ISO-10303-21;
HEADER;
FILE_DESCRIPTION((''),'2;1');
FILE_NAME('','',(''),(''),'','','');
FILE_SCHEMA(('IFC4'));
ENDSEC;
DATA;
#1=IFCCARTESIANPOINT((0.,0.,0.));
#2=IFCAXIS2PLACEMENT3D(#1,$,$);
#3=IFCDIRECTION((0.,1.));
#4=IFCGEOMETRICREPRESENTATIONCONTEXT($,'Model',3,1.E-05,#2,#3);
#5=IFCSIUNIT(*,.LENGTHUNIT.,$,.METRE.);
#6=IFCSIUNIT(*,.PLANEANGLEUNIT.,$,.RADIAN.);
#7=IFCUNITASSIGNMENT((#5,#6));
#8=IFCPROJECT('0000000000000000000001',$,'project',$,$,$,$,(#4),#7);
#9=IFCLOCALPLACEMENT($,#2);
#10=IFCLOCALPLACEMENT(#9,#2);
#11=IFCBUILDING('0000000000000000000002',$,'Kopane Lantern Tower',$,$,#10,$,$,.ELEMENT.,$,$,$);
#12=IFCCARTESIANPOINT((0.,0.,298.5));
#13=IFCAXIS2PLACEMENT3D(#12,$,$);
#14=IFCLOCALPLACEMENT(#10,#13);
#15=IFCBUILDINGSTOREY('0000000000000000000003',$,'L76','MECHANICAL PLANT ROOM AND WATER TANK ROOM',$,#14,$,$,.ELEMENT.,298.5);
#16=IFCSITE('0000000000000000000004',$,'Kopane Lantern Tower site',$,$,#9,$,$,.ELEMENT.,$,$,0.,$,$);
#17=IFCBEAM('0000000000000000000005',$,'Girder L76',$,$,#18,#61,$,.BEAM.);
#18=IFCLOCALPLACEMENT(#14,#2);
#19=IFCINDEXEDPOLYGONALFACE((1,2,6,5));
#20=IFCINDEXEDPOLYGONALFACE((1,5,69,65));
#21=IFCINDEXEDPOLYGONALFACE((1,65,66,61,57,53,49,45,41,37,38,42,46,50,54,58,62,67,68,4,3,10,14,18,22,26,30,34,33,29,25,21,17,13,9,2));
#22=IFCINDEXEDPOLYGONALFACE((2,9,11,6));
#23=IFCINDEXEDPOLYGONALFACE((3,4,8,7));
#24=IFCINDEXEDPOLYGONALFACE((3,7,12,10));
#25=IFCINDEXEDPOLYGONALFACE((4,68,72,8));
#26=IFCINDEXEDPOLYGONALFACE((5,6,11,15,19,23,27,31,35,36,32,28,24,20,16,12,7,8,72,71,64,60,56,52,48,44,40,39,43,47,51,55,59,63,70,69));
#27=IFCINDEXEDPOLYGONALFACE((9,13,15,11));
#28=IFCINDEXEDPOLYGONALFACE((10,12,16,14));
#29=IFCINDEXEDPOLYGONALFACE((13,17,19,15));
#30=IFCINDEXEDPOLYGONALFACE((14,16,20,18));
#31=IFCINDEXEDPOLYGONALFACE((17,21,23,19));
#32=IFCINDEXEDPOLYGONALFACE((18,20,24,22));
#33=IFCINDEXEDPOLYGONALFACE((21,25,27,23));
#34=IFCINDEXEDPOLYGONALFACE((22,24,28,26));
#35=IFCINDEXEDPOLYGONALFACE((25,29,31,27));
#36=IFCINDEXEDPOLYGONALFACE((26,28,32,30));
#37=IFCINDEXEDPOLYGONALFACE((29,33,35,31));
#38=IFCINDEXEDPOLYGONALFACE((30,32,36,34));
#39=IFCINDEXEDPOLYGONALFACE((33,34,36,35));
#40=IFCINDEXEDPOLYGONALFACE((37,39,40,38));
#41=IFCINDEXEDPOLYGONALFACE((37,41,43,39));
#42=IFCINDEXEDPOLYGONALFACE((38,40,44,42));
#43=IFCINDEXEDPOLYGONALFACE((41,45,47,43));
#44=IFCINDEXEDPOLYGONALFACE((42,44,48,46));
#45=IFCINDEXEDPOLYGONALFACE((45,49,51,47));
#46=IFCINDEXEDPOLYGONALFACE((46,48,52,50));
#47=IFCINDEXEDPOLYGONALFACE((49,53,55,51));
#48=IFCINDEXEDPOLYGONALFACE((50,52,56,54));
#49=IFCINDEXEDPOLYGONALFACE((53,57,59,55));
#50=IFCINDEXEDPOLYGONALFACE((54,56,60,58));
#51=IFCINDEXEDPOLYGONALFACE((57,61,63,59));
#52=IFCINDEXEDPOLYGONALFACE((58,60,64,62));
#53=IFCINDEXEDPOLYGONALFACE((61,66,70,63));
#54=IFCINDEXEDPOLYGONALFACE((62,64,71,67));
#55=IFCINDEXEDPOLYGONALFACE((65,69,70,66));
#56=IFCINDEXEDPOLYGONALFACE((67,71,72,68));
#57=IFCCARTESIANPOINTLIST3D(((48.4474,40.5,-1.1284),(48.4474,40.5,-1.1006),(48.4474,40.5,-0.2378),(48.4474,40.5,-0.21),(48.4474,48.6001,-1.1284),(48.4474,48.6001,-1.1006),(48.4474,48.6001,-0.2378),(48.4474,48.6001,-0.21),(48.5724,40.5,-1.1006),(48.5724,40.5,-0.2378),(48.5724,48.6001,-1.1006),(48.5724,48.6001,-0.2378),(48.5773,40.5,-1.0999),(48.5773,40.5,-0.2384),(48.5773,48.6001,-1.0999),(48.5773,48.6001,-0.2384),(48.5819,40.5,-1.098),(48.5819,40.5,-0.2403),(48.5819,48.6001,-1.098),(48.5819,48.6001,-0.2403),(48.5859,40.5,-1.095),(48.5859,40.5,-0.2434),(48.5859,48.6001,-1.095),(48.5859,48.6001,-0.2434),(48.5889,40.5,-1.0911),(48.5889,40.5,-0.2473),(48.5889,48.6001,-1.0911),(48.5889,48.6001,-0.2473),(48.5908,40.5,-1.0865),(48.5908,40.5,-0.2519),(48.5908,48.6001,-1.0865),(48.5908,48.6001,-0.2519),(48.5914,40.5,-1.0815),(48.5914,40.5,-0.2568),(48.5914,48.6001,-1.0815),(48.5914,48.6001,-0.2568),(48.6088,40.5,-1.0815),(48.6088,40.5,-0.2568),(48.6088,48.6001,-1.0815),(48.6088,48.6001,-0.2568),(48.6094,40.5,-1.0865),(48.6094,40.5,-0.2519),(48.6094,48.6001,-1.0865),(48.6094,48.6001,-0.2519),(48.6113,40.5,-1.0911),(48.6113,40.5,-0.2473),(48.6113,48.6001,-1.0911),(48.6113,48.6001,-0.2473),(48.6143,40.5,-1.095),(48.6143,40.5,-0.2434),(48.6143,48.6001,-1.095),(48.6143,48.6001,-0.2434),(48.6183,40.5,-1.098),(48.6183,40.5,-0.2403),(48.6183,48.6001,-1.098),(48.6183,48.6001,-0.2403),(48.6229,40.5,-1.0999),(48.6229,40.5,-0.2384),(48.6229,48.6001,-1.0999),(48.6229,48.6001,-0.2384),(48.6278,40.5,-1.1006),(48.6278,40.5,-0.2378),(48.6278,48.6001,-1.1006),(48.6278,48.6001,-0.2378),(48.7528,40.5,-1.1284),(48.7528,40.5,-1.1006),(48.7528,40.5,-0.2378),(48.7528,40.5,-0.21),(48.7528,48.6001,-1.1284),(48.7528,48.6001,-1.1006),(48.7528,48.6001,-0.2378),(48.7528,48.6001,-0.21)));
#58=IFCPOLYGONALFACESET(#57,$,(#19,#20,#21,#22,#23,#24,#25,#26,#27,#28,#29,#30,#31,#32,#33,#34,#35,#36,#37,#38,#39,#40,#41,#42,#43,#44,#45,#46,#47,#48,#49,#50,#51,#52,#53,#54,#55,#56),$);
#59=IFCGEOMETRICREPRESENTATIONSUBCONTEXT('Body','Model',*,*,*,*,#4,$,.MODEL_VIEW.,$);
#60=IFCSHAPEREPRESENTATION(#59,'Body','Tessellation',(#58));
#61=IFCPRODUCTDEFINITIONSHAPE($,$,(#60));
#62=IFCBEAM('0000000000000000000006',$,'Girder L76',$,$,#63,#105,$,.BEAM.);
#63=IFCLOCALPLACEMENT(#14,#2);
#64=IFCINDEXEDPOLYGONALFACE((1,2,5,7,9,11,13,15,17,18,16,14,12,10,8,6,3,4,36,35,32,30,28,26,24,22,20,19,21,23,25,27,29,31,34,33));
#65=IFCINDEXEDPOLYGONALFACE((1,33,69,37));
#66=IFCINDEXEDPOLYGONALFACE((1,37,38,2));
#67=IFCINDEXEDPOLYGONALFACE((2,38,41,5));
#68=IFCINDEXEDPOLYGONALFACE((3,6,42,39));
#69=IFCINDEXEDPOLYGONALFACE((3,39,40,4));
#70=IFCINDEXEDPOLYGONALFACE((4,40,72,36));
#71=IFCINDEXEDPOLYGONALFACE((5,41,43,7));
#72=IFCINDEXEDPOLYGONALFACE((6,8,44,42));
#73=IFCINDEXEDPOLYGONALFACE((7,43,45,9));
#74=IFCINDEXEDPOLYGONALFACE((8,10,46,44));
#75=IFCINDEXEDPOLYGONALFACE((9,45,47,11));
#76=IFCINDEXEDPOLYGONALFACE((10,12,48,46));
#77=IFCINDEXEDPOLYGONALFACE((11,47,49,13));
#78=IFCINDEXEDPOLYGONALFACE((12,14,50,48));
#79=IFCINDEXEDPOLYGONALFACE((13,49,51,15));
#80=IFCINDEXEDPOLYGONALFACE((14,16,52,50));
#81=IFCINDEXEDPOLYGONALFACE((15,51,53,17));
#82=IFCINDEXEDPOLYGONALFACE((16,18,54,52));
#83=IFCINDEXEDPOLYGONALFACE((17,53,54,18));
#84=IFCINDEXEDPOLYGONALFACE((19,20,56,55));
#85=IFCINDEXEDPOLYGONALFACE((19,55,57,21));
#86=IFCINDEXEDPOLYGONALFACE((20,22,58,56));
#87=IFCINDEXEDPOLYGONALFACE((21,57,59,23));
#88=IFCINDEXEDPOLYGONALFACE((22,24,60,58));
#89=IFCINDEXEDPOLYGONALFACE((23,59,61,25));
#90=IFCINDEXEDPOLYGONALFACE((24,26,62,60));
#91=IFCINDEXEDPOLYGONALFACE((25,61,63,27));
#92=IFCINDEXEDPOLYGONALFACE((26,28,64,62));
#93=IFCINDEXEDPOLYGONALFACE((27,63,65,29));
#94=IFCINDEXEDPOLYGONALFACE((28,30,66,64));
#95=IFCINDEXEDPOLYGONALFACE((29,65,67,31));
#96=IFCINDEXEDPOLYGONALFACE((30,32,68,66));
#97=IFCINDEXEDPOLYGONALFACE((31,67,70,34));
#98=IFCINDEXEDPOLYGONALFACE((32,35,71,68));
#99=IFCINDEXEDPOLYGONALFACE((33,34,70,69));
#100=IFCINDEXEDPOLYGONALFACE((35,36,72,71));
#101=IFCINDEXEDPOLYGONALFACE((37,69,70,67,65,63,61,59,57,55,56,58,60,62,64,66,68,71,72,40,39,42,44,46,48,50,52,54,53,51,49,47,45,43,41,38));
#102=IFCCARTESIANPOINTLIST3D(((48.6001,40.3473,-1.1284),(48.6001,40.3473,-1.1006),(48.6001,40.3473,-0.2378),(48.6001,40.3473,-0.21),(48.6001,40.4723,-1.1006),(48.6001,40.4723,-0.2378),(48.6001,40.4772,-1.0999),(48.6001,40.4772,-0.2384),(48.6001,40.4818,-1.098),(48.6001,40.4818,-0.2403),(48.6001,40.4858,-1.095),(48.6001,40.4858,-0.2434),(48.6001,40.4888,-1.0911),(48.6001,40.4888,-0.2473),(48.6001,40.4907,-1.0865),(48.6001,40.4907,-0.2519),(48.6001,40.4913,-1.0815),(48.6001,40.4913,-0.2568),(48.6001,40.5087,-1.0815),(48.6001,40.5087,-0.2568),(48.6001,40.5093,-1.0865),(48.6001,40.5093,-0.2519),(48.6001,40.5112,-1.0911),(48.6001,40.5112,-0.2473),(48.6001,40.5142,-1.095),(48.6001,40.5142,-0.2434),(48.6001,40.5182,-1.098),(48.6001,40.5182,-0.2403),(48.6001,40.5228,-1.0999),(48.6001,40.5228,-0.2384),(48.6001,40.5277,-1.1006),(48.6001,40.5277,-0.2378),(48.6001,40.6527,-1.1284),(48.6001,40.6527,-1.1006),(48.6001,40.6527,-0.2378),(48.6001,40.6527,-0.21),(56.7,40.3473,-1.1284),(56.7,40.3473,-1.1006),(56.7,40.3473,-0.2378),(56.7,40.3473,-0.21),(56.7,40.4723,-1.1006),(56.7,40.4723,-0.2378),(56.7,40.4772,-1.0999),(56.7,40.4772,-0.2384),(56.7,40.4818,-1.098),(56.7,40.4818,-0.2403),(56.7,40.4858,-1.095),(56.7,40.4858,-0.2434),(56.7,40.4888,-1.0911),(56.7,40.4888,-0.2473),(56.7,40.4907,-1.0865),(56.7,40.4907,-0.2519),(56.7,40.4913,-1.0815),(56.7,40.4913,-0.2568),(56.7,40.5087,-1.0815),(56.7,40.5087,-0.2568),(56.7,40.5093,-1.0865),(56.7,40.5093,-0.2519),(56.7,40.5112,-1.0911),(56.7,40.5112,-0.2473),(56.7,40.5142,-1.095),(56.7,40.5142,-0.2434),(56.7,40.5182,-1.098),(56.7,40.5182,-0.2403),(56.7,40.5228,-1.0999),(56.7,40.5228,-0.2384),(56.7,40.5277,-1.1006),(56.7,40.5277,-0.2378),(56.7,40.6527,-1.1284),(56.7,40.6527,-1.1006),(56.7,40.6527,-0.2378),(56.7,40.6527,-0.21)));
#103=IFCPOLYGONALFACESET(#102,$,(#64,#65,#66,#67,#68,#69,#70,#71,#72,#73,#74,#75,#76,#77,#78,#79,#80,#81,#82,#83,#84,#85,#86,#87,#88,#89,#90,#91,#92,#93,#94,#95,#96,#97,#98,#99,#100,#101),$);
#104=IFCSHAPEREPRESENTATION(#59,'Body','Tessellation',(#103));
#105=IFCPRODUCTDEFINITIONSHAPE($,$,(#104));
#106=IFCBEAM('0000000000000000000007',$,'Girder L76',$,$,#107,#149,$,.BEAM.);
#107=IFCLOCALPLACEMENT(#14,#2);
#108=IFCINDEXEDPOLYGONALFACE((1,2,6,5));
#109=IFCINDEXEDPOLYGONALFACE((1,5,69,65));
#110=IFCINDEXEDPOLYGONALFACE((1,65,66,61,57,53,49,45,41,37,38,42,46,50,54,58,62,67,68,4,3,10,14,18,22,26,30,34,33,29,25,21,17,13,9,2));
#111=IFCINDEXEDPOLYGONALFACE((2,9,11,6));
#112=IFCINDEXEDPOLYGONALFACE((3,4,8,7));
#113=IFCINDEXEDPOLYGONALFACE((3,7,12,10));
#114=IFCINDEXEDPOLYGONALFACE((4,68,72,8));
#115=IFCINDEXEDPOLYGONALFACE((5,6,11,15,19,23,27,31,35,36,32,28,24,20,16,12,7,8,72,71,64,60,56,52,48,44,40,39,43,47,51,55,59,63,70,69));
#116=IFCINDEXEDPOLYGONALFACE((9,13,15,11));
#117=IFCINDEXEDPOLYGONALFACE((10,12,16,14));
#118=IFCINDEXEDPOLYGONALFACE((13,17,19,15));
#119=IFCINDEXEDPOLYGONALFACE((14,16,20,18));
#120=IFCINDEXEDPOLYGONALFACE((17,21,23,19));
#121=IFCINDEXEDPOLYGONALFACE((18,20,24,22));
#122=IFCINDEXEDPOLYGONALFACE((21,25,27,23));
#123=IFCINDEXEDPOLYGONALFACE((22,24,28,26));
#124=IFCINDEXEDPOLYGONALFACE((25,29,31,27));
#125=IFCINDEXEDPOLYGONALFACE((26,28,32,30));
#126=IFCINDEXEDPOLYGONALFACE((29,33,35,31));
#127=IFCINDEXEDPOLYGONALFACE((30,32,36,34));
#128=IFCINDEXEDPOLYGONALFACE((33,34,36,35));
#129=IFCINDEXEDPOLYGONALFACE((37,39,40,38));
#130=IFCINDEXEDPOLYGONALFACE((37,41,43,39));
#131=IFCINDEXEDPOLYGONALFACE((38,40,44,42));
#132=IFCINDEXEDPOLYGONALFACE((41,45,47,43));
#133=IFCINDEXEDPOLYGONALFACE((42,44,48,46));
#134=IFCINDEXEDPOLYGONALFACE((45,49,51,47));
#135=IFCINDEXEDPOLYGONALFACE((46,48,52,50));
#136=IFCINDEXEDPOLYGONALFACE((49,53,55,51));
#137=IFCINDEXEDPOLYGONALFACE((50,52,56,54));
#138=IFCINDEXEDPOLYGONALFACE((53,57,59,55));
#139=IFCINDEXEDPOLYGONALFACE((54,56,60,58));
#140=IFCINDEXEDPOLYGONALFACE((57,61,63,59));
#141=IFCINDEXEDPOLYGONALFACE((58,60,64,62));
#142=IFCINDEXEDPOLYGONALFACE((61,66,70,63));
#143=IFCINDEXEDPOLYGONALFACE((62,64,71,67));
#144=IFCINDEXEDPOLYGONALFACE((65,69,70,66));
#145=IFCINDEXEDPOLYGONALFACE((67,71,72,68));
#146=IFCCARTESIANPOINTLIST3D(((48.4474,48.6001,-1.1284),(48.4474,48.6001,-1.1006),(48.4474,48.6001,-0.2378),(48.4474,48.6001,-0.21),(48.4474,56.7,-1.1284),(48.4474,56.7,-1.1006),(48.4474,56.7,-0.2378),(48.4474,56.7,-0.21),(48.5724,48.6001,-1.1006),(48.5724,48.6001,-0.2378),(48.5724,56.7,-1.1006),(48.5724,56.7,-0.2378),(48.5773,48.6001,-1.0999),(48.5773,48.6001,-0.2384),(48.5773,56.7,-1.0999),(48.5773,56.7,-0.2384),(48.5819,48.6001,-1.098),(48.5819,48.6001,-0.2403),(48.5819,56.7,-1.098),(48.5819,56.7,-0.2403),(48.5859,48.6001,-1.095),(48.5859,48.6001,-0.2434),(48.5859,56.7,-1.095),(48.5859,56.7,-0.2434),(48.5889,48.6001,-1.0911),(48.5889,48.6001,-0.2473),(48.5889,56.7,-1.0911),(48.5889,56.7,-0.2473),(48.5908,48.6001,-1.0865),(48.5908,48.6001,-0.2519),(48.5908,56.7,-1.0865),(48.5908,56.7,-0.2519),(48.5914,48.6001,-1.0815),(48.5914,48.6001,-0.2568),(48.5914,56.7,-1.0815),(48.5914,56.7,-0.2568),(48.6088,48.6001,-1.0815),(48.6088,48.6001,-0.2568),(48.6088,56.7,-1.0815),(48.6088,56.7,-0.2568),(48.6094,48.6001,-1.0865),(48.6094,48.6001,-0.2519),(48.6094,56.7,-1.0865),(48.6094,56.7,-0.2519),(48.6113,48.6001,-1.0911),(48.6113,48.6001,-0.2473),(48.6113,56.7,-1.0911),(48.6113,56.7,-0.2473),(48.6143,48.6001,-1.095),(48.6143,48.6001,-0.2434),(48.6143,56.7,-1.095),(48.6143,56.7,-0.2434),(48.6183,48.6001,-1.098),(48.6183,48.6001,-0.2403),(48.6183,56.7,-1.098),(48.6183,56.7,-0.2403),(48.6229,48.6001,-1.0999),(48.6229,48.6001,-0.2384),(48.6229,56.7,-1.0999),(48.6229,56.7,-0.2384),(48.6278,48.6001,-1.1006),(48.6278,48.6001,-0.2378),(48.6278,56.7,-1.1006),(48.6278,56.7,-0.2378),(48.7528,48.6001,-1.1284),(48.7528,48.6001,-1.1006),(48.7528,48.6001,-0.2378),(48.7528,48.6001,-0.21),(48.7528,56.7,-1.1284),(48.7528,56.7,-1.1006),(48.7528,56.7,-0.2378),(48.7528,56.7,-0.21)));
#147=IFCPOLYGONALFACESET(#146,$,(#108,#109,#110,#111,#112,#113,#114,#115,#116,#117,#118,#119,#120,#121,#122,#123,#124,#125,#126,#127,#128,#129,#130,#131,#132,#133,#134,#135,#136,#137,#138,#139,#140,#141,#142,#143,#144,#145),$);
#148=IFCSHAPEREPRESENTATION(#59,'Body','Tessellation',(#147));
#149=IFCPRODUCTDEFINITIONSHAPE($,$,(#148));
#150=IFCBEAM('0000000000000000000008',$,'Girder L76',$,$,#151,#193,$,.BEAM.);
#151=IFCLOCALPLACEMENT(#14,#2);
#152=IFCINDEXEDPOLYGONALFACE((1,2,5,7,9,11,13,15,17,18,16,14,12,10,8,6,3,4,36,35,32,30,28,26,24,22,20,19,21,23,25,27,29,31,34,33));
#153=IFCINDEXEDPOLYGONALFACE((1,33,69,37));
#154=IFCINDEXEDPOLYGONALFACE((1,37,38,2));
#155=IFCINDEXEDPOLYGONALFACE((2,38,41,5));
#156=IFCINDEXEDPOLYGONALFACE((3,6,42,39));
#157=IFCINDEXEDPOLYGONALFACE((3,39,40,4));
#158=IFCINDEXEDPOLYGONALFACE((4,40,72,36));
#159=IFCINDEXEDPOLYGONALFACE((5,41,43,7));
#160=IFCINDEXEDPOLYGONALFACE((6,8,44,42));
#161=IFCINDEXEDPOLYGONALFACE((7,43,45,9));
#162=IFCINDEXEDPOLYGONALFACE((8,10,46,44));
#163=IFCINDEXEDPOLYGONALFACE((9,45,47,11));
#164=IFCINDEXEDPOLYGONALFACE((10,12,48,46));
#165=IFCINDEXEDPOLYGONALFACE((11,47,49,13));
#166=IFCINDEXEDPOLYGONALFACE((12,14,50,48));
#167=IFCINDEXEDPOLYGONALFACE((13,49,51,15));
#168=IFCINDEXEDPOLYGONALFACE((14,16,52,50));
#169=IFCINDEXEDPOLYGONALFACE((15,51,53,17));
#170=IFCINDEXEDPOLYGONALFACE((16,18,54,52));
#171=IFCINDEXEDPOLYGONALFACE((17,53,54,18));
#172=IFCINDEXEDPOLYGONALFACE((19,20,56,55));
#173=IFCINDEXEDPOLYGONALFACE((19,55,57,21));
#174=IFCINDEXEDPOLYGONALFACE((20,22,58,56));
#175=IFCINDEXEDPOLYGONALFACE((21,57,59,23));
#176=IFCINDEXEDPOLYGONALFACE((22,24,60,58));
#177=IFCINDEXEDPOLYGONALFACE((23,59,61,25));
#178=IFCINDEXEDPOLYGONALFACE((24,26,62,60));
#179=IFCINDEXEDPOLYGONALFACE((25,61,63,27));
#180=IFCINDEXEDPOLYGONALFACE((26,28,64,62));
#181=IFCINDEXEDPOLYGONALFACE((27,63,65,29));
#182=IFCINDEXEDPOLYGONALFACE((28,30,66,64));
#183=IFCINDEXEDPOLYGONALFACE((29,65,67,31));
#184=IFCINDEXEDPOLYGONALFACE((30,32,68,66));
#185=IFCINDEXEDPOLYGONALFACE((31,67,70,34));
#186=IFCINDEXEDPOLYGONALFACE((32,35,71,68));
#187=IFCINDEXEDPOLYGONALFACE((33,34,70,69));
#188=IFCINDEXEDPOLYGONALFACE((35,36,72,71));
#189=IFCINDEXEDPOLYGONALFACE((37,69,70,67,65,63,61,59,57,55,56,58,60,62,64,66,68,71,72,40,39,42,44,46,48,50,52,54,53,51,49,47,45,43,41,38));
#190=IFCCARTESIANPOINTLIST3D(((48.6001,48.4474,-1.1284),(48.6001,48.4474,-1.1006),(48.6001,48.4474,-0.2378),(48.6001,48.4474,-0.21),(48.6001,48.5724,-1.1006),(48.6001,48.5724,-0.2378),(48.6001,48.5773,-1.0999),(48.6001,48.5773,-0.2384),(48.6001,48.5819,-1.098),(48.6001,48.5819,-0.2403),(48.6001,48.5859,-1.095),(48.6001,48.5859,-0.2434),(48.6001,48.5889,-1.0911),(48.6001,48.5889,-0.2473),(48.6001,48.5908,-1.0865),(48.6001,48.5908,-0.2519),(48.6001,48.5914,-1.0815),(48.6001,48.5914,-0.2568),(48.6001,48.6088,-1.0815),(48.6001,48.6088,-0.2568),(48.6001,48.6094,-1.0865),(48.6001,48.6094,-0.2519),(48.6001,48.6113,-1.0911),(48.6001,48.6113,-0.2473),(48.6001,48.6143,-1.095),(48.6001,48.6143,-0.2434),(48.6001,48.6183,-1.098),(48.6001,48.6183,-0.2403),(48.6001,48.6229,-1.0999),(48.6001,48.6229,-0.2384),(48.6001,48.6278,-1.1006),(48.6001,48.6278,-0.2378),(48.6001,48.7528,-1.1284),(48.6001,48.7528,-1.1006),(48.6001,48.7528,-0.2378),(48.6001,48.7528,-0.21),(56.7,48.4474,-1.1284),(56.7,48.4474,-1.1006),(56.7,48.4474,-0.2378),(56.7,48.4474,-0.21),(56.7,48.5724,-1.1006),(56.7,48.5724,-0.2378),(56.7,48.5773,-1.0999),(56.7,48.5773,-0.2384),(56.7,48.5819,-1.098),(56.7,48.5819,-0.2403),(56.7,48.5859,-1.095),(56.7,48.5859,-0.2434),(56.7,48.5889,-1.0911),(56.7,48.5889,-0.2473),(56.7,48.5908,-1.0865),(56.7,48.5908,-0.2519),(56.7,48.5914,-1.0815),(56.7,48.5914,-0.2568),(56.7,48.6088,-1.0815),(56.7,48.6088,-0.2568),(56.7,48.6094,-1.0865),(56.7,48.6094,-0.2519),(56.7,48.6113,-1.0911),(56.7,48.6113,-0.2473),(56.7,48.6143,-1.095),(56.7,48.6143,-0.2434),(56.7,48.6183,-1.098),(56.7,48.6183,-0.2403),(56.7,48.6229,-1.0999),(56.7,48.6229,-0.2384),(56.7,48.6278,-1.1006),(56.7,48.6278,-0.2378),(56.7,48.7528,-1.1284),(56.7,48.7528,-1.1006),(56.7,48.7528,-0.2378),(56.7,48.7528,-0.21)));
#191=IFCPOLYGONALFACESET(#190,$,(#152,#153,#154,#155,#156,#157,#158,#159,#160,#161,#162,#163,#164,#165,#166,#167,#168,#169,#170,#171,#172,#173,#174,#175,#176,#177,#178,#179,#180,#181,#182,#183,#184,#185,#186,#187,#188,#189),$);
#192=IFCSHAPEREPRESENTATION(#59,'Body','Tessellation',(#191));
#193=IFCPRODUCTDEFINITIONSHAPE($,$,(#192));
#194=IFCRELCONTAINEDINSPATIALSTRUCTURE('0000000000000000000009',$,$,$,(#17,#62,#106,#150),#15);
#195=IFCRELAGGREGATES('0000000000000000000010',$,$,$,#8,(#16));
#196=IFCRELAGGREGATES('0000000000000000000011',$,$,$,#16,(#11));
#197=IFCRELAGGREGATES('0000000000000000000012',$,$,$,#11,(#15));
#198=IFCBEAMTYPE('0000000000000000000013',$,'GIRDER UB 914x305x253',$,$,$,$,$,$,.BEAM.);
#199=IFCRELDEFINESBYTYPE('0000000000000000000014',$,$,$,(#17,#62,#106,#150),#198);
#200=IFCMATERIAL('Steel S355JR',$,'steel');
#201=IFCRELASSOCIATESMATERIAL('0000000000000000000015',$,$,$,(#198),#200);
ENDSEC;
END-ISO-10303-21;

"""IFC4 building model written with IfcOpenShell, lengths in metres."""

from ifc_helpers import new_model, si_unit, direction, frame, origin, origin_2d, place, context, subcontext, project, spatial, i_section, extrude, material, material_profile, profile_set, type_object, element, save


model = new_model("IFC4")

# Units and contexts
model_context = context("Model", 3, precision=1e-05, world=origin(), true_north=direction((0.0, 1.0)))
body_context = subcontext(model_context, "Body", "Model", "MODEL_VIEW")
ifc_project = project(units=[si_unit("LENGTHUNIT", "METRE"), si_unit("PLANEANGLEUNIT", "RADIAN")], contexts=[model_context])

# Site, building, storey
site_placement = place(None, origin())
site = spatial("IfcSite", under=ifc_project, at=site_placement, Name="Kopane Lantern Tower site", CompositionType="ELEMENT", RefElevation=0.0)
building_placement = place(site_placement, origin())
building = spatial("IfcBuilding", under=site, at=building_placement, Name="Kopane Lantern Tower", CompositionType="ELEMENT")
storey_placement = place(building_placement, frame((0.0, 0.0, 298.5)))
storey = spatial("IfcBuildingStorey", under=building, at=storey_placement, Name="L76", Description="MECHANICAL PLANT ROOM AND WATER TANK ROOM", CompositionType="ELEMENT", Elevation=298.5)

# Beams
ifc_material_1 = material(Name="Steel S355JR", Category="steel")
ifc_material_profile_1 = material_profile(ifc_material_1, i_section(OverallWidth=0.3054, OverallDepth=0.9185, WebThickness=0.0173, FlangeThickness=0.0278, FilletRadius=0.019, at=origin_2d()), Name="UB 914x305x253")
ifc_profile_set_1 = profile_set([ifc_material_profile_1], Name="Steel S355JR")
beam_type = type_object("IfcBeamType", Name="GIRDER UB 914x305x253", PredefinedType="BEAM", material=ifc_profile_set_1)
beam_1_placement = place(storey_placement, frame((48.6001, 40.5, -0.6692), z_axis=(0.0, 1.0, 0.0), x_axis=(-1.0, 0.0, 0.0)))
element("IfcBeam", 1, at=beam_1_placement, inside=storey, type_object=beam_type, Name="Girder L76", PredefinedType="BEAM", context=body_context, shape_type="SweptSolid", body=[
    extrude(i_section(OverallWidth=0.3054, OverallDepth=0.9185, WebThickness=0.0173, FlangeThickness=0.0278, FilletRadius=0.019, at=origin_2d()), origin(), (0.0, 0.0, 1.0), 8.1001),
])
for number, where, z_axis, x_axis, name in (
    (2, (48.6001, 40.5, -0.6692), (1.0, 0.0, 0.0), (0.0, 1.0, 0.0), "Girder L76"),
    (3, (48.6001, 48.6001, -0.6692), (0.0, 1.0, 0.0), (-1.0, 0.0, 0.0), "Girder L76"),
    (4, (48.6001, 48.6001, -0.6692), (1.0, 0.0, 0.0), (0.0, 1.0, 0.0), "Girder L76"),
):
    element("IfcBeam", number, at=place(storey_placement, frame(where, z_axis=z_axis, x_axis=x_axis)), inside=storey, type_object=beam_type, Name=name, PredefinedType="BEAM", context=body_context, shape_type="SweptSolid", body=[
        extrude(i_section(OverallWidth=0.3054, OverallDepth=0.9185, WebThickness=0.0173, FlangeThickness=0.0278, FilletRadius=0.019, at=origin_2d()), origin(), (0.0, 0.0, 1.0), 8.0999),
    ])

save(model, "model.ifc")
